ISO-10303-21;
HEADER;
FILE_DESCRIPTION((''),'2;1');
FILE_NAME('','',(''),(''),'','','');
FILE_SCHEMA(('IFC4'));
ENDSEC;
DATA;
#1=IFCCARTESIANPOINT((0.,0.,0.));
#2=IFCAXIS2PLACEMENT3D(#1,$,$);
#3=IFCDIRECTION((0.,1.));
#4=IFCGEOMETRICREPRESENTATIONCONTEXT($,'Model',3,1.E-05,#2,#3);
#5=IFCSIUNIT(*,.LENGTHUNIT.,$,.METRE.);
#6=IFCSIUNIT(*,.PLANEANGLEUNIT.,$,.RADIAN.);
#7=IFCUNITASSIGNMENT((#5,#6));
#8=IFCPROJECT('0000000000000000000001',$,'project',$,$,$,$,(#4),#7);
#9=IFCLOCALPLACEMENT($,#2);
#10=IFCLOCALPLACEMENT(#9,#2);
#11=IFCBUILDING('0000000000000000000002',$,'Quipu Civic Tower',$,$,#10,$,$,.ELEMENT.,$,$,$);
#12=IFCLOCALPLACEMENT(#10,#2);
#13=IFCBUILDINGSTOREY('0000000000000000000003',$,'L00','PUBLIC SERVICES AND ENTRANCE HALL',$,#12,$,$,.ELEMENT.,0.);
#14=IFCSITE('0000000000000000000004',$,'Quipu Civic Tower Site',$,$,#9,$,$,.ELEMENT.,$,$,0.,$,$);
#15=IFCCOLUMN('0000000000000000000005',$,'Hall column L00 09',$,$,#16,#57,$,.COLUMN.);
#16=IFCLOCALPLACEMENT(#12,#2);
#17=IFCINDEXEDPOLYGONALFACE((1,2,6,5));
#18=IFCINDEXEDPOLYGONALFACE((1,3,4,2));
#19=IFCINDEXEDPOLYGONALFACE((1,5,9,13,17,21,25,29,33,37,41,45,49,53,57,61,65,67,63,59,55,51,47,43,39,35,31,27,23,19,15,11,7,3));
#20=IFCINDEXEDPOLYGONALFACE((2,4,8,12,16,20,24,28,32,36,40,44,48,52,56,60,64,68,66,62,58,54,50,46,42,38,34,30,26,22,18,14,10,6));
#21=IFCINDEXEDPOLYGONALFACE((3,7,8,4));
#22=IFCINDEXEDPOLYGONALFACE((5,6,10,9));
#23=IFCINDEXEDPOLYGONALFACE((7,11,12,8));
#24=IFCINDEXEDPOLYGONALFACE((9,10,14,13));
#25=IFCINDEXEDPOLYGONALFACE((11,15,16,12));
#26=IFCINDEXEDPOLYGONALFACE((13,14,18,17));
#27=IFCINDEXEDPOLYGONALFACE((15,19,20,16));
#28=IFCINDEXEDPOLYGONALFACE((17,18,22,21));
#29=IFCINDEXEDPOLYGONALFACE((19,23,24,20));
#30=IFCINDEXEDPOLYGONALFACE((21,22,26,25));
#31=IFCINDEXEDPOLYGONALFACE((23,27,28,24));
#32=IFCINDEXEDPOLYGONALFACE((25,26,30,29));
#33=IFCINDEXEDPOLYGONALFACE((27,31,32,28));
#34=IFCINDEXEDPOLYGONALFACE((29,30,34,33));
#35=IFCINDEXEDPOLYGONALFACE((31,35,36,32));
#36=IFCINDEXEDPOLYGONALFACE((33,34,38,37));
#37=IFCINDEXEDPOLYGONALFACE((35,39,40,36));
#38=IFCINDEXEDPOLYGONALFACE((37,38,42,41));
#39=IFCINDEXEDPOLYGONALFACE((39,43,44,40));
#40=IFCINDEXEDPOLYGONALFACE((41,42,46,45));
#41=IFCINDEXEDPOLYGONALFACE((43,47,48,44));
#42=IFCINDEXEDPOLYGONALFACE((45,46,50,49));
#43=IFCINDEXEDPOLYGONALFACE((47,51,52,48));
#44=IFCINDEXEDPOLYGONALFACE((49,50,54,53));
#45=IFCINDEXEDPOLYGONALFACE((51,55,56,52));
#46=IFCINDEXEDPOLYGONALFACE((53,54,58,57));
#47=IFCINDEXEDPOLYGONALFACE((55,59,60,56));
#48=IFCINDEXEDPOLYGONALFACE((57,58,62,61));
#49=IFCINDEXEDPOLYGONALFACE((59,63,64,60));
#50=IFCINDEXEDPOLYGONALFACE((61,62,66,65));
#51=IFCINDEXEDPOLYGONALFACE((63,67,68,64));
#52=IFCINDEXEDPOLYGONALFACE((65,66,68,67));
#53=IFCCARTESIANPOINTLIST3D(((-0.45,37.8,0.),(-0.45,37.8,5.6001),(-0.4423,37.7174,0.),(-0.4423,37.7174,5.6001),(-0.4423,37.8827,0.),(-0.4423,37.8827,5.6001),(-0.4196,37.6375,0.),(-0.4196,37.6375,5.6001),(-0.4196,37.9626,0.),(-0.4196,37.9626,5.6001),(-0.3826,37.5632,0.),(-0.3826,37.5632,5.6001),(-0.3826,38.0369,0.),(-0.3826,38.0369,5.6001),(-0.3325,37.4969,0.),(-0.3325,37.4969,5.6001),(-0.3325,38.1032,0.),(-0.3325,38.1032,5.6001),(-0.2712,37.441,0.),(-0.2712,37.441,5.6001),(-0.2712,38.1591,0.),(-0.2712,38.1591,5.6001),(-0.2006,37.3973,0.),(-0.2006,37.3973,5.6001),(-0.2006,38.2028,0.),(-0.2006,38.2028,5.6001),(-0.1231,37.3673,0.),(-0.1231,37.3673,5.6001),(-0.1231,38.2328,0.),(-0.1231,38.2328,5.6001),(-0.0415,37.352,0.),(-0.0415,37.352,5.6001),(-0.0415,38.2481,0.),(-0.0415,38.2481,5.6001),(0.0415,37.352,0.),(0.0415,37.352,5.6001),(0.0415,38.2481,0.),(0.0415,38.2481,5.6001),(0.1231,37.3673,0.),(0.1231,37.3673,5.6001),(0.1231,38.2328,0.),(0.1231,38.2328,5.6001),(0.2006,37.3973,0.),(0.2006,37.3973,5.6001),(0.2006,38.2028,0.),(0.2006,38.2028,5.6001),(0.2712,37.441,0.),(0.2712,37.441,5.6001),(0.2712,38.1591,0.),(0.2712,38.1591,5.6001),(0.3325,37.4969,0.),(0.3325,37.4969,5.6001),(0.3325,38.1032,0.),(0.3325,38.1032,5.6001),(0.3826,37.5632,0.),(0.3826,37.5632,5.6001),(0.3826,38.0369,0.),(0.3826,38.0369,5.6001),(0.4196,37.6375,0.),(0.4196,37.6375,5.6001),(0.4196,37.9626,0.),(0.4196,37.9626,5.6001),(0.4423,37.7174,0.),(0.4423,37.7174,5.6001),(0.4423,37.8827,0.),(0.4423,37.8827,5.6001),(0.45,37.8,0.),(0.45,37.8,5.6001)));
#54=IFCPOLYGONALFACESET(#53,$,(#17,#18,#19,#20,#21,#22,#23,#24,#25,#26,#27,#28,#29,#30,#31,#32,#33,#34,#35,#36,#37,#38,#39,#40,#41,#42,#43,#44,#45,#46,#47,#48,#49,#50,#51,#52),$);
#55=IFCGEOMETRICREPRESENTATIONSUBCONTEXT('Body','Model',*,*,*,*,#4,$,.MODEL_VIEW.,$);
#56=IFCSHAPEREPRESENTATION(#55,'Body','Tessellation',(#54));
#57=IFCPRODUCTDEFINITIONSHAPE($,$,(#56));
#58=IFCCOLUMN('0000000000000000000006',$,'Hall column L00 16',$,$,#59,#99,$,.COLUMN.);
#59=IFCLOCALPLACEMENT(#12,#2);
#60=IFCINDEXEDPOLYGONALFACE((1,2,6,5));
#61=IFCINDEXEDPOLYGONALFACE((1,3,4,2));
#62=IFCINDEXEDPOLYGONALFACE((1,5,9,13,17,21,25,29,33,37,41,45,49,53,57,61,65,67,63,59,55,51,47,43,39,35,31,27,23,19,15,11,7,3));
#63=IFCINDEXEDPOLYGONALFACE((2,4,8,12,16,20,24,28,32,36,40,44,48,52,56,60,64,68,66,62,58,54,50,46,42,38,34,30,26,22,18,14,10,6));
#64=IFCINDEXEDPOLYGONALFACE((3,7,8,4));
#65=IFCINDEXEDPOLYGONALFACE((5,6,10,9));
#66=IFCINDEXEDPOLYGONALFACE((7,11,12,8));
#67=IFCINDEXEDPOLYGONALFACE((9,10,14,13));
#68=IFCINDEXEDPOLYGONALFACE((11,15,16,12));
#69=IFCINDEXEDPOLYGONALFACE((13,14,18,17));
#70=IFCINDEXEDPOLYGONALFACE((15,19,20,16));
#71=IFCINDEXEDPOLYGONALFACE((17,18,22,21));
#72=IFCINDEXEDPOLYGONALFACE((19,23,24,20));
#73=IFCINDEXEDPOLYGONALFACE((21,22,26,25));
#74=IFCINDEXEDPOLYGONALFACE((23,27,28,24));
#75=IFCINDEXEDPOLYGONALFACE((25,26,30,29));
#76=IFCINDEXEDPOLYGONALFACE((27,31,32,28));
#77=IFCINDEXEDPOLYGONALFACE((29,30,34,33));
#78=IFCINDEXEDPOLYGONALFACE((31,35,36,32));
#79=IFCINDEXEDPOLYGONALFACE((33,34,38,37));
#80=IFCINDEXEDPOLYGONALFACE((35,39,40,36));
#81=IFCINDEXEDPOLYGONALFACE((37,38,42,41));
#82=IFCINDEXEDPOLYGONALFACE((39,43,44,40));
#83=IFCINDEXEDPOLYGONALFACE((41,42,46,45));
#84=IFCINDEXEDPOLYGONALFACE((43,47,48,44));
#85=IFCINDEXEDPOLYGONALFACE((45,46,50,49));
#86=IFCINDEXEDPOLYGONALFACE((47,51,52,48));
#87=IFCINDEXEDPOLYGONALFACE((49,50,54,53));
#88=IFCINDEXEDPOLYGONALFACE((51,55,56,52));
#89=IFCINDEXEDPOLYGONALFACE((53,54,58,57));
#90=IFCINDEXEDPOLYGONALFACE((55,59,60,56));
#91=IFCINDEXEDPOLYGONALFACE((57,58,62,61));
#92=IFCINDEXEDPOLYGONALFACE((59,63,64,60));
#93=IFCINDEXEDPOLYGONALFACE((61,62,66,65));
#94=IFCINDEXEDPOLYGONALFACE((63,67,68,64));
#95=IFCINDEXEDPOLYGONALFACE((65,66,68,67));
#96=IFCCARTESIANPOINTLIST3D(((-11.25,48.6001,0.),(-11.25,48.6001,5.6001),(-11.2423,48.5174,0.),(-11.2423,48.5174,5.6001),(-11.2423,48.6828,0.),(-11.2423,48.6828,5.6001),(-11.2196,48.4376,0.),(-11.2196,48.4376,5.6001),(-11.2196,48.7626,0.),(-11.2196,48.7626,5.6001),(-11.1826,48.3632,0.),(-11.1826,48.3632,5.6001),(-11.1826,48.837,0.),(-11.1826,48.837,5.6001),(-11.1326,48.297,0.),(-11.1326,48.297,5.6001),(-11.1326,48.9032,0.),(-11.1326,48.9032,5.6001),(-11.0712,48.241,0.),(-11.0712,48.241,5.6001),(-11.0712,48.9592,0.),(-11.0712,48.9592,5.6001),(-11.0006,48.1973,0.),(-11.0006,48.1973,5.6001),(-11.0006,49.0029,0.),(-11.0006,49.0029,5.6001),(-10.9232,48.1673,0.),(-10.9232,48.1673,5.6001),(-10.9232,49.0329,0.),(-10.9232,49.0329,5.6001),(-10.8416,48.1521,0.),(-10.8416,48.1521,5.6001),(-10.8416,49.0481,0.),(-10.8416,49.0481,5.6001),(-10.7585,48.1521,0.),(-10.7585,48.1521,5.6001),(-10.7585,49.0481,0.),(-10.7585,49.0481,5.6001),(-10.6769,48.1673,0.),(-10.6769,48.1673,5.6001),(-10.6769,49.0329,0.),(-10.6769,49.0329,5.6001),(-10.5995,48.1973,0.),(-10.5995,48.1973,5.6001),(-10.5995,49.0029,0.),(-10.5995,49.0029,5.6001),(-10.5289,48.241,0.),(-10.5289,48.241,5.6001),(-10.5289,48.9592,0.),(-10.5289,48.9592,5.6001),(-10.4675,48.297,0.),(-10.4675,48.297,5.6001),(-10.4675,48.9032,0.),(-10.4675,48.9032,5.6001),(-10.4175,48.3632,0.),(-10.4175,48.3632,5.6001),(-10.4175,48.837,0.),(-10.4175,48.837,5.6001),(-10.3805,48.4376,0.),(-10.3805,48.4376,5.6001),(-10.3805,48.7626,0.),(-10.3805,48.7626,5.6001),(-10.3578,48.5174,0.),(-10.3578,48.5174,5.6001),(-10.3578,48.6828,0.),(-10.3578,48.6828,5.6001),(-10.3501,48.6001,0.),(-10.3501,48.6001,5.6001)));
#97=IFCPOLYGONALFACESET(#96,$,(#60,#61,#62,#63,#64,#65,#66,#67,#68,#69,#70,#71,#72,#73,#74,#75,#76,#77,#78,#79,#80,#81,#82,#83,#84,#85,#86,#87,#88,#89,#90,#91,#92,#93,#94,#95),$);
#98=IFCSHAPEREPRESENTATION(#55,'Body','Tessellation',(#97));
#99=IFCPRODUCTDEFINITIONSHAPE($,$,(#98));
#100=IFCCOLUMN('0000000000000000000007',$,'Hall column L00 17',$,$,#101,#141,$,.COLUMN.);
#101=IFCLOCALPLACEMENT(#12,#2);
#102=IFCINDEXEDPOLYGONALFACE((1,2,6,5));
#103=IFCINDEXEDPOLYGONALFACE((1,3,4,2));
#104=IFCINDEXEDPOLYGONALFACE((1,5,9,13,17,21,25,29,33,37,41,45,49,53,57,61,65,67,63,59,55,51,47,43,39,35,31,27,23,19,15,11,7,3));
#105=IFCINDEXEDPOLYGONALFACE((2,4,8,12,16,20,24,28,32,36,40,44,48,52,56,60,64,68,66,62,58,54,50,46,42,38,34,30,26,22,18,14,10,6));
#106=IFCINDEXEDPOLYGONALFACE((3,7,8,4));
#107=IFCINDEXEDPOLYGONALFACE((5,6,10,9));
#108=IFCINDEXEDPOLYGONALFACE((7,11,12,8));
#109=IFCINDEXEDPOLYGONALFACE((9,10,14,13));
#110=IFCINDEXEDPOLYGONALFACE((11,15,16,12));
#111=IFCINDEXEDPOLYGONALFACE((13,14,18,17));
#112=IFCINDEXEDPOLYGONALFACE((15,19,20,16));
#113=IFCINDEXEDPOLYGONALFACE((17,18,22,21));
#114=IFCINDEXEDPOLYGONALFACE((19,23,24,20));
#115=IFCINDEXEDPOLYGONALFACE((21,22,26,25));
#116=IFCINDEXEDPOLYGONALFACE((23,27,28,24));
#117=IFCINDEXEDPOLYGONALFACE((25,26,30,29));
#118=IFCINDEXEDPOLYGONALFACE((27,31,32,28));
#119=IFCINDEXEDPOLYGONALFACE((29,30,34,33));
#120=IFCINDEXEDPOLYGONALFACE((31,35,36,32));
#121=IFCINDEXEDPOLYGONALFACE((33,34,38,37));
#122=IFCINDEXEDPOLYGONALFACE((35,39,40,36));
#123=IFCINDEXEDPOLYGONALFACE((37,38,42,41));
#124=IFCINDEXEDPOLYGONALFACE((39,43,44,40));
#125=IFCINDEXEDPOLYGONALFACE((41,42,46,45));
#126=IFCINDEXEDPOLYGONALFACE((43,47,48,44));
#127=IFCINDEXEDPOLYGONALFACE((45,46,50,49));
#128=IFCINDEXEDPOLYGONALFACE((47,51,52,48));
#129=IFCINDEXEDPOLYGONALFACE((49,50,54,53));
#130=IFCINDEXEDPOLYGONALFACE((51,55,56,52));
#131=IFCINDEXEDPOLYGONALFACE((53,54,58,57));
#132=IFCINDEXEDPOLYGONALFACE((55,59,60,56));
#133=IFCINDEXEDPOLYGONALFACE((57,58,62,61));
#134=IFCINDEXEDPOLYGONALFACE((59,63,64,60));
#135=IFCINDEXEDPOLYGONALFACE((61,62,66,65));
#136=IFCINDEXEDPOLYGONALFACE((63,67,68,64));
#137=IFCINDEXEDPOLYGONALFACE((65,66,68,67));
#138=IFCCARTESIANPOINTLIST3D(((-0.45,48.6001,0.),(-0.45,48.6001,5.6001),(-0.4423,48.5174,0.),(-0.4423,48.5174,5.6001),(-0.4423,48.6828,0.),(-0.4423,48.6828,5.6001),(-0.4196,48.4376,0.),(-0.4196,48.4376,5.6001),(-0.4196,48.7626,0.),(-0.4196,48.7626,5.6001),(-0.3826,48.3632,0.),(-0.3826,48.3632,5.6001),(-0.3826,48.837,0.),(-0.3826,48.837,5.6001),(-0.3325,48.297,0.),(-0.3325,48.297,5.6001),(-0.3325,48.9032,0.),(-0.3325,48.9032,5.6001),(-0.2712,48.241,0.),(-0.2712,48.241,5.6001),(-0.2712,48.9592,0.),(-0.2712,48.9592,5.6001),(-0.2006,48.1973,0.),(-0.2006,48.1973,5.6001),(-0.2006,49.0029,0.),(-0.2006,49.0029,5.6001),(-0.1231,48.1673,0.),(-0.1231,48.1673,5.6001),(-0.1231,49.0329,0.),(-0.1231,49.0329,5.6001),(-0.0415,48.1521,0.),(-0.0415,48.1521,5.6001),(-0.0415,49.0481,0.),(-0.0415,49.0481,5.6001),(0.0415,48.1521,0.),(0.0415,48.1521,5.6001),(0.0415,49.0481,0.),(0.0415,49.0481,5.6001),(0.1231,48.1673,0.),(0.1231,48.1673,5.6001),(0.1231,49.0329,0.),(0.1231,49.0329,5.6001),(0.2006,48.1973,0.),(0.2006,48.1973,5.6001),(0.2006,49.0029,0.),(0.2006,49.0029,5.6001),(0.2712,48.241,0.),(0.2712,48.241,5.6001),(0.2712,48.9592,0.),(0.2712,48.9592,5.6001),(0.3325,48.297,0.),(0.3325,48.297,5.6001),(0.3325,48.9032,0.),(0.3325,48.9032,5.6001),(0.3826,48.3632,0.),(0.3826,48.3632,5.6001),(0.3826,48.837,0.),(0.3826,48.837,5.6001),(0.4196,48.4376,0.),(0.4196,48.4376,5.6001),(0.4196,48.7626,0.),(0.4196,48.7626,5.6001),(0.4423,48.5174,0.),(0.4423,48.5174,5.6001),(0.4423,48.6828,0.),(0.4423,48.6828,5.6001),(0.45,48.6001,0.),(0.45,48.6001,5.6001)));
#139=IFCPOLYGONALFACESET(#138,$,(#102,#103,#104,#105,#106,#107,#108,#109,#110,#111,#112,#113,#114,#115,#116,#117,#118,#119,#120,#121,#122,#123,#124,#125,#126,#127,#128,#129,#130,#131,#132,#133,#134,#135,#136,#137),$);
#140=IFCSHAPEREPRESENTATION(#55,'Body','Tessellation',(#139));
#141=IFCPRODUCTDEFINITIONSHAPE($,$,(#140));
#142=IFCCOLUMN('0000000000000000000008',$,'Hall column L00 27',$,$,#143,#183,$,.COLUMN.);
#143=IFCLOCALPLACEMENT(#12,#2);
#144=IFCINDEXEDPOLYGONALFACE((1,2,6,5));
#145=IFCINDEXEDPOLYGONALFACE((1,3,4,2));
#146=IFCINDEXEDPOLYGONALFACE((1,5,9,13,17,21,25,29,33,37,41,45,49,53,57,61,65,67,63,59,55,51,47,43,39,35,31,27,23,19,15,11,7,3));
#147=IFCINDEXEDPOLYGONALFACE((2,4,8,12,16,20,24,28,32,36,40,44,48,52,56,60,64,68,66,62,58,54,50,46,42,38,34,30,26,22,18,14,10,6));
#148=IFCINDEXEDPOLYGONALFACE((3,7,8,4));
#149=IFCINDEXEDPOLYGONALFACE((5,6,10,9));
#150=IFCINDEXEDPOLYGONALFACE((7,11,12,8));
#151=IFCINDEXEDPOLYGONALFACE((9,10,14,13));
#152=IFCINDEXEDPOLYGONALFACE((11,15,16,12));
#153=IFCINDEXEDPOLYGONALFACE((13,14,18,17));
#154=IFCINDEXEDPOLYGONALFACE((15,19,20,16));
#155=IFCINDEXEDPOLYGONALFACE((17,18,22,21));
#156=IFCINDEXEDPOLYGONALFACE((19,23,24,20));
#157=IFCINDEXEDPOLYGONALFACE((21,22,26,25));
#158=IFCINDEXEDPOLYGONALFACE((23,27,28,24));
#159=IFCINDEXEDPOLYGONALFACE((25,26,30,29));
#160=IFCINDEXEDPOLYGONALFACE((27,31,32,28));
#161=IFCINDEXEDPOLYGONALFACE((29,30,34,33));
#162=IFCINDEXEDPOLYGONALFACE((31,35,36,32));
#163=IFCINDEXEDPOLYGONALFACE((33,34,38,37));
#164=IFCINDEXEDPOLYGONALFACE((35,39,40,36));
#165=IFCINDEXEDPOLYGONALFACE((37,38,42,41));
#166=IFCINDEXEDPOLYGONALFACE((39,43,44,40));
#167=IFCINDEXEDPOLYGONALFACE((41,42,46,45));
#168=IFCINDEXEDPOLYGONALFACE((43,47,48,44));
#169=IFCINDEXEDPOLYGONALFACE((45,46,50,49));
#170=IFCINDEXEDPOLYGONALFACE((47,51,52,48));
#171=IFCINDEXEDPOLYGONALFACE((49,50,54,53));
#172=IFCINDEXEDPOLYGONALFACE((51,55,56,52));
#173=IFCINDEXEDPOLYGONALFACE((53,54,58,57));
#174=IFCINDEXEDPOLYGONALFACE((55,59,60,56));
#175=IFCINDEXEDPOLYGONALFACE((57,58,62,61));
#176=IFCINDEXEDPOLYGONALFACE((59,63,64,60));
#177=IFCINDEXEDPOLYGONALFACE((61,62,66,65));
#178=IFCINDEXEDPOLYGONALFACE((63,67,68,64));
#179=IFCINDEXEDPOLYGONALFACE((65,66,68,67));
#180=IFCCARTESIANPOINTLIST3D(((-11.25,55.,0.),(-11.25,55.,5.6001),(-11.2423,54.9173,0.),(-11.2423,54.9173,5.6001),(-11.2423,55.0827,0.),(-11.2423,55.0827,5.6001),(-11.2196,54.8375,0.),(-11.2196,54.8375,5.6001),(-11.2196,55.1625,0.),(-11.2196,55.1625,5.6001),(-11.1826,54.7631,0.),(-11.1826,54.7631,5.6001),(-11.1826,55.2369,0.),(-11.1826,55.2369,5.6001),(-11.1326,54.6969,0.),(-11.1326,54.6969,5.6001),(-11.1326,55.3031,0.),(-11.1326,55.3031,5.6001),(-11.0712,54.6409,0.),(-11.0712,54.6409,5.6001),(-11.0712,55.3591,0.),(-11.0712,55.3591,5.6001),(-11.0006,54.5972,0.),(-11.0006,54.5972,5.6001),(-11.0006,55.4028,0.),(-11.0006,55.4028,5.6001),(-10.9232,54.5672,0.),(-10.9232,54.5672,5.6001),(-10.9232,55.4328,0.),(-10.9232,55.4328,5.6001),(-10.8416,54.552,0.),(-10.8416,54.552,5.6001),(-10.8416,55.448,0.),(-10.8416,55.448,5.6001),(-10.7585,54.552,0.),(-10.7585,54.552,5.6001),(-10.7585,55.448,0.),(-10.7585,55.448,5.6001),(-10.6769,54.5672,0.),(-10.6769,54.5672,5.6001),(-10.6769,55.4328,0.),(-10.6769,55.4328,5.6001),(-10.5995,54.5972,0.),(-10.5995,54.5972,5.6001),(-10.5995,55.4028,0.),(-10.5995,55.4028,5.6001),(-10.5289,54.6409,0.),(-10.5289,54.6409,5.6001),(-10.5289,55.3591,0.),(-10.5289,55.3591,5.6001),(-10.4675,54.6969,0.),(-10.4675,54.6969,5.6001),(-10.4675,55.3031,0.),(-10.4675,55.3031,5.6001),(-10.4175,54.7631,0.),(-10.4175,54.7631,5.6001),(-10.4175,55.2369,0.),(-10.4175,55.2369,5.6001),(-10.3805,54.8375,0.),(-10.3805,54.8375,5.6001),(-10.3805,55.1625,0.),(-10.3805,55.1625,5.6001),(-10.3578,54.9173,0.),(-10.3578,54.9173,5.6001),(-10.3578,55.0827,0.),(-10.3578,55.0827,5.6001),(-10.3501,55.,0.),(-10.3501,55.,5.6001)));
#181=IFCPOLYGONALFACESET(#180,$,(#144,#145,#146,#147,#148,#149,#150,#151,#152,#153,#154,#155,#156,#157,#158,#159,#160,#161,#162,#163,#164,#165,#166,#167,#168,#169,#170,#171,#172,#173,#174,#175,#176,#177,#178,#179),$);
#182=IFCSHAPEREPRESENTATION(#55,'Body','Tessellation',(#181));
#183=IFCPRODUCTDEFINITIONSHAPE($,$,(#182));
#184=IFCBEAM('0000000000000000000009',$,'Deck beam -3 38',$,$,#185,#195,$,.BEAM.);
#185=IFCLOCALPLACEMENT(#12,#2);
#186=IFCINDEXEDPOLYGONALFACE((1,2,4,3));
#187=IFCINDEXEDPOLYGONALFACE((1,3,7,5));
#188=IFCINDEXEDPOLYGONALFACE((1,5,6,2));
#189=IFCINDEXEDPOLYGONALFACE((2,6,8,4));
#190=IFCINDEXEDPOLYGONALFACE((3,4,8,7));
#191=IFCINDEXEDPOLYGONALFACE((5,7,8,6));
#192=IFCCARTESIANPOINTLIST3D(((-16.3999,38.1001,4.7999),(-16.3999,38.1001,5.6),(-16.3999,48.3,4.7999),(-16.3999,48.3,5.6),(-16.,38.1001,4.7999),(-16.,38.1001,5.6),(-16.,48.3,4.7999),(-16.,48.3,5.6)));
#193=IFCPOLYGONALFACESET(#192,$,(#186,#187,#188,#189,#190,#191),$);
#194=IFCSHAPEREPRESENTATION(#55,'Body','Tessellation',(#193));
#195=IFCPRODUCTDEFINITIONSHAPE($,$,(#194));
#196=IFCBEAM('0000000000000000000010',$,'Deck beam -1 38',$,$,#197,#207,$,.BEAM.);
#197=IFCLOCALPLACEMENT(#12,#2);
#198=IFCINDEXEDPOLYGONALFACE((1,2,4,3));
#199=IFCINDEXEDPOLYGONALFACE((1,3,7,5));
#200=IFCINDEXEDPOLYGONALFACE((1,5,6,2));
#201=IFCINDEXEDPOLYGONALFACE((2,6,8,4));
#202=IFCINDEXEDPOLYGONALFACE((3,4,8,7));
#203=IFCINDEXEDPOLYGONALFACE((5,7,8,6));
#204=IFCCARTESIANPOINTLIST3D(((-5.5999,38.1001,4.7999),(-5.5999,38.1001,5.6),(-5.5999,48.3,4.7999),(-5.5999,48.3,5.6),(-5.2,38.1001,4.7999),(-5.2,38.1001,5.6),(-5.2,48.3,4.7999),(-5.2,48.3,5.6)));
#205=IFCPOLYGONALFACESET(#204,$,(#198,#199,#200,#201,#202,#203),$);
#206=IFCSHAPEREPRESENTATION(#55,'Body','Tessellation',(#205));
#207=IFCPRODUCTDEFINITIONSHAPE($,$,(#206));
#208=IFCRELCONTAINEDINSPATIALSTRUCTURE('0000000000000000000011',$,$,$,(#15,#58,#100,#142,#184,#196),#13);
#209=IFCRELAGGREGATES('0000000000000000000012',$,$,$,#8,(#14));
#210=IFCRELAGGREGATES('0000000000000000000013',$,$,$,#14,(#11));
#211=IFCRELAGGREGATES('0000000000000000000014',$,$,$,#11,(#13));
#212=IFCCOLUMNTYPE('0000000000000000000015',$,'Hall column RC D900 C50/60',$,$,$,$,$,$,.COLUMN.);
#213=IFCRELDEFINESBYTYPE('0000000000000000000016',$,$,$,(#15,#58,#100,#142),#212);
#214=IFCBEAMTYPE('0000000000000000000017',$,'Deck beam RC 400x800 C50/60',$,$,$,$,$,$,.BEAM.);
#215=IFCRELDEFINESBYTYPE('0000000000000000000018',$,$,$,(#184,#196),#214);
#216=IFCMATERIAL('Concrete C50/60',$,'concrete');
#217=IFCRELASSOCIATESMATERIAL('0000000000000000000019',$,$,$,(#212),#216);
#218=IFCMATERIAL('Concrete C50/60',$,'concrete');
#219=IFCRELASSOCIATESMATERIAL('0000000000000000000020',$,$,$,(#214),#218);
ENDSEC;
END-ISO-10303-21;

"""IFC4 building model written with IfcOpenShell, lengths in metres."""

from ifc_helpers import new_model, si_unit, direction, frame, origin, origin_2d, place, context, subcontext, project, spatial, rectangle, circle, extrude, material, material_profile, profile_set, type_object, element, save


model = new_model("IFC4")

# Units and contexts
model_context = context("Model", 3, precision=1e-05, world=origin(), true_north=direction((0.0, 1.0)))
body_context = subcontext(model_context, "Body", "Model", "MODEL_VIEW")
ifc_project = project(units=[si_unit("LENGTHUNIT", "METRE"), si_unit("PLANEANGLEUNIT", "RADIAN")], contexts=[model_context])

# Site, building, storey
site_placement = place(None, origin())
site = spatial("IfcSite", under=ifc_project, at=site_placement, Name="Quipu Civic Tower Site", CompositionType="ELEMENT", RefElevation=0.0)
building_placement = place(site_placement, origin())
building = spatial("IfcBuilding", under=site, at=building_placement, Name="Quipu Civic Tower", CompositionType="ELEMENT")
storey_placement = place(building_placement, origin())
storey = spatial("IfcBuildingStorey", under=building, at=storey_placement, Name="L00", Description="PUBLIC SERVICES AND ENTRANCE HALL", CompositionType="ELEMENT", Elevation=0.0)

# Columns
ifc_material_1 = material(Name="Concrete C50/60", Category="concrete")
ifc_material_profile_1 = material_profile(ifc_material_1, circle(Radius=0.45, at=origin_2d()), Name="RCD900")
ifc_profile_set_1 = profile_set([ifc_material_profile_1], Name="Concrete C50/60")
column_type = type_object("IfcColumnType", Name="Hall column RC D900 C50/60", PredefinedType="COLUMN", material=ifc_profile_set_1)
for number, where, z_axis, x_axis, name in (
    (1, (0.0, 37.8, 0.0), (0.0, 0.0, 1.0), (1.0, 0.0, 0.0), "Hall column L00 09"),
    (2, (-10.8, 48.6001, 0.0), (0.0, 0.0, 1.0), (1.0, 0.0, 0.0), "Hall column L00 16"),
    (3, (0.0, 48.6001, 0.0), (0.0, 0.0, 1.0), (1.0, 0.0, 0.0), "Hall column L00 17"),
    (4, (-10.8, 55.0, 0.0), (0.0, 0.0, 1.0), (1.0, 0.0, 0.0), "Hall column L00 27"),
):
    element("IfcColumn", number, at=place(storey_placement, frame(where, z_axis=z_axis, x_axis=x_axis)), inside=storey, type_object=column_type, Name=name, PredefinedType="COLUMN", context=body_context, shape_type="SweptSolid", body=[
        extrude(circle(Radius=0.45, at=origin_2d()), origin(), (0.0, 0.0, 1.0), 5.6001),
    ])

# Beams
ifc_material_2 = material(Name="Concrete C50/60", Category="concrete")
ifc_material_profile_2 = material_profile(ifc_material_2, rectangle(XDim=0.3999, YDim=0.8, at=origin_2d()), Name="RC400x800")
ifc_profile_set_2 = profile_set([ifc_material_profile_2], Name="Concrete C50/60")
beam_type_1 = type_object("IfcBeamType", Name="Deck beam RC 400x800 C50/60", PredefinedType="BEAM", material=ifc_profile_set_2)
for number, where, z_axis, x_axis, name in (
    (5, (-16.2, 38.1001, 5.2), (0.0, 1.0, 0.0), (-1.0, 0.0, 0.0), "Deck beam -3 38"),
    (6, (-5.3999, 38.1001, 5.2), (0.0, 1.0, 0.0), (-1.0, 0.0, 0.0), "Deck beam -1 38"),
):
    element("IfcBeam", number, at=place(storey_placement, frame(where, z_axis=z_axis, x_axis=x_axis)), inside=storey, type_object=beam_type_1, Name=name, PredefinedType="BEAM", context=body_context, shape_type="SweptSolid", body=[
        extrude(rectangle(XDim=0.3999, YDim=0.8, at=origin_2d()), origin(), (0.0, 0.0, 1.0), 10.2),
    ])

save(model, "model.ifc")
